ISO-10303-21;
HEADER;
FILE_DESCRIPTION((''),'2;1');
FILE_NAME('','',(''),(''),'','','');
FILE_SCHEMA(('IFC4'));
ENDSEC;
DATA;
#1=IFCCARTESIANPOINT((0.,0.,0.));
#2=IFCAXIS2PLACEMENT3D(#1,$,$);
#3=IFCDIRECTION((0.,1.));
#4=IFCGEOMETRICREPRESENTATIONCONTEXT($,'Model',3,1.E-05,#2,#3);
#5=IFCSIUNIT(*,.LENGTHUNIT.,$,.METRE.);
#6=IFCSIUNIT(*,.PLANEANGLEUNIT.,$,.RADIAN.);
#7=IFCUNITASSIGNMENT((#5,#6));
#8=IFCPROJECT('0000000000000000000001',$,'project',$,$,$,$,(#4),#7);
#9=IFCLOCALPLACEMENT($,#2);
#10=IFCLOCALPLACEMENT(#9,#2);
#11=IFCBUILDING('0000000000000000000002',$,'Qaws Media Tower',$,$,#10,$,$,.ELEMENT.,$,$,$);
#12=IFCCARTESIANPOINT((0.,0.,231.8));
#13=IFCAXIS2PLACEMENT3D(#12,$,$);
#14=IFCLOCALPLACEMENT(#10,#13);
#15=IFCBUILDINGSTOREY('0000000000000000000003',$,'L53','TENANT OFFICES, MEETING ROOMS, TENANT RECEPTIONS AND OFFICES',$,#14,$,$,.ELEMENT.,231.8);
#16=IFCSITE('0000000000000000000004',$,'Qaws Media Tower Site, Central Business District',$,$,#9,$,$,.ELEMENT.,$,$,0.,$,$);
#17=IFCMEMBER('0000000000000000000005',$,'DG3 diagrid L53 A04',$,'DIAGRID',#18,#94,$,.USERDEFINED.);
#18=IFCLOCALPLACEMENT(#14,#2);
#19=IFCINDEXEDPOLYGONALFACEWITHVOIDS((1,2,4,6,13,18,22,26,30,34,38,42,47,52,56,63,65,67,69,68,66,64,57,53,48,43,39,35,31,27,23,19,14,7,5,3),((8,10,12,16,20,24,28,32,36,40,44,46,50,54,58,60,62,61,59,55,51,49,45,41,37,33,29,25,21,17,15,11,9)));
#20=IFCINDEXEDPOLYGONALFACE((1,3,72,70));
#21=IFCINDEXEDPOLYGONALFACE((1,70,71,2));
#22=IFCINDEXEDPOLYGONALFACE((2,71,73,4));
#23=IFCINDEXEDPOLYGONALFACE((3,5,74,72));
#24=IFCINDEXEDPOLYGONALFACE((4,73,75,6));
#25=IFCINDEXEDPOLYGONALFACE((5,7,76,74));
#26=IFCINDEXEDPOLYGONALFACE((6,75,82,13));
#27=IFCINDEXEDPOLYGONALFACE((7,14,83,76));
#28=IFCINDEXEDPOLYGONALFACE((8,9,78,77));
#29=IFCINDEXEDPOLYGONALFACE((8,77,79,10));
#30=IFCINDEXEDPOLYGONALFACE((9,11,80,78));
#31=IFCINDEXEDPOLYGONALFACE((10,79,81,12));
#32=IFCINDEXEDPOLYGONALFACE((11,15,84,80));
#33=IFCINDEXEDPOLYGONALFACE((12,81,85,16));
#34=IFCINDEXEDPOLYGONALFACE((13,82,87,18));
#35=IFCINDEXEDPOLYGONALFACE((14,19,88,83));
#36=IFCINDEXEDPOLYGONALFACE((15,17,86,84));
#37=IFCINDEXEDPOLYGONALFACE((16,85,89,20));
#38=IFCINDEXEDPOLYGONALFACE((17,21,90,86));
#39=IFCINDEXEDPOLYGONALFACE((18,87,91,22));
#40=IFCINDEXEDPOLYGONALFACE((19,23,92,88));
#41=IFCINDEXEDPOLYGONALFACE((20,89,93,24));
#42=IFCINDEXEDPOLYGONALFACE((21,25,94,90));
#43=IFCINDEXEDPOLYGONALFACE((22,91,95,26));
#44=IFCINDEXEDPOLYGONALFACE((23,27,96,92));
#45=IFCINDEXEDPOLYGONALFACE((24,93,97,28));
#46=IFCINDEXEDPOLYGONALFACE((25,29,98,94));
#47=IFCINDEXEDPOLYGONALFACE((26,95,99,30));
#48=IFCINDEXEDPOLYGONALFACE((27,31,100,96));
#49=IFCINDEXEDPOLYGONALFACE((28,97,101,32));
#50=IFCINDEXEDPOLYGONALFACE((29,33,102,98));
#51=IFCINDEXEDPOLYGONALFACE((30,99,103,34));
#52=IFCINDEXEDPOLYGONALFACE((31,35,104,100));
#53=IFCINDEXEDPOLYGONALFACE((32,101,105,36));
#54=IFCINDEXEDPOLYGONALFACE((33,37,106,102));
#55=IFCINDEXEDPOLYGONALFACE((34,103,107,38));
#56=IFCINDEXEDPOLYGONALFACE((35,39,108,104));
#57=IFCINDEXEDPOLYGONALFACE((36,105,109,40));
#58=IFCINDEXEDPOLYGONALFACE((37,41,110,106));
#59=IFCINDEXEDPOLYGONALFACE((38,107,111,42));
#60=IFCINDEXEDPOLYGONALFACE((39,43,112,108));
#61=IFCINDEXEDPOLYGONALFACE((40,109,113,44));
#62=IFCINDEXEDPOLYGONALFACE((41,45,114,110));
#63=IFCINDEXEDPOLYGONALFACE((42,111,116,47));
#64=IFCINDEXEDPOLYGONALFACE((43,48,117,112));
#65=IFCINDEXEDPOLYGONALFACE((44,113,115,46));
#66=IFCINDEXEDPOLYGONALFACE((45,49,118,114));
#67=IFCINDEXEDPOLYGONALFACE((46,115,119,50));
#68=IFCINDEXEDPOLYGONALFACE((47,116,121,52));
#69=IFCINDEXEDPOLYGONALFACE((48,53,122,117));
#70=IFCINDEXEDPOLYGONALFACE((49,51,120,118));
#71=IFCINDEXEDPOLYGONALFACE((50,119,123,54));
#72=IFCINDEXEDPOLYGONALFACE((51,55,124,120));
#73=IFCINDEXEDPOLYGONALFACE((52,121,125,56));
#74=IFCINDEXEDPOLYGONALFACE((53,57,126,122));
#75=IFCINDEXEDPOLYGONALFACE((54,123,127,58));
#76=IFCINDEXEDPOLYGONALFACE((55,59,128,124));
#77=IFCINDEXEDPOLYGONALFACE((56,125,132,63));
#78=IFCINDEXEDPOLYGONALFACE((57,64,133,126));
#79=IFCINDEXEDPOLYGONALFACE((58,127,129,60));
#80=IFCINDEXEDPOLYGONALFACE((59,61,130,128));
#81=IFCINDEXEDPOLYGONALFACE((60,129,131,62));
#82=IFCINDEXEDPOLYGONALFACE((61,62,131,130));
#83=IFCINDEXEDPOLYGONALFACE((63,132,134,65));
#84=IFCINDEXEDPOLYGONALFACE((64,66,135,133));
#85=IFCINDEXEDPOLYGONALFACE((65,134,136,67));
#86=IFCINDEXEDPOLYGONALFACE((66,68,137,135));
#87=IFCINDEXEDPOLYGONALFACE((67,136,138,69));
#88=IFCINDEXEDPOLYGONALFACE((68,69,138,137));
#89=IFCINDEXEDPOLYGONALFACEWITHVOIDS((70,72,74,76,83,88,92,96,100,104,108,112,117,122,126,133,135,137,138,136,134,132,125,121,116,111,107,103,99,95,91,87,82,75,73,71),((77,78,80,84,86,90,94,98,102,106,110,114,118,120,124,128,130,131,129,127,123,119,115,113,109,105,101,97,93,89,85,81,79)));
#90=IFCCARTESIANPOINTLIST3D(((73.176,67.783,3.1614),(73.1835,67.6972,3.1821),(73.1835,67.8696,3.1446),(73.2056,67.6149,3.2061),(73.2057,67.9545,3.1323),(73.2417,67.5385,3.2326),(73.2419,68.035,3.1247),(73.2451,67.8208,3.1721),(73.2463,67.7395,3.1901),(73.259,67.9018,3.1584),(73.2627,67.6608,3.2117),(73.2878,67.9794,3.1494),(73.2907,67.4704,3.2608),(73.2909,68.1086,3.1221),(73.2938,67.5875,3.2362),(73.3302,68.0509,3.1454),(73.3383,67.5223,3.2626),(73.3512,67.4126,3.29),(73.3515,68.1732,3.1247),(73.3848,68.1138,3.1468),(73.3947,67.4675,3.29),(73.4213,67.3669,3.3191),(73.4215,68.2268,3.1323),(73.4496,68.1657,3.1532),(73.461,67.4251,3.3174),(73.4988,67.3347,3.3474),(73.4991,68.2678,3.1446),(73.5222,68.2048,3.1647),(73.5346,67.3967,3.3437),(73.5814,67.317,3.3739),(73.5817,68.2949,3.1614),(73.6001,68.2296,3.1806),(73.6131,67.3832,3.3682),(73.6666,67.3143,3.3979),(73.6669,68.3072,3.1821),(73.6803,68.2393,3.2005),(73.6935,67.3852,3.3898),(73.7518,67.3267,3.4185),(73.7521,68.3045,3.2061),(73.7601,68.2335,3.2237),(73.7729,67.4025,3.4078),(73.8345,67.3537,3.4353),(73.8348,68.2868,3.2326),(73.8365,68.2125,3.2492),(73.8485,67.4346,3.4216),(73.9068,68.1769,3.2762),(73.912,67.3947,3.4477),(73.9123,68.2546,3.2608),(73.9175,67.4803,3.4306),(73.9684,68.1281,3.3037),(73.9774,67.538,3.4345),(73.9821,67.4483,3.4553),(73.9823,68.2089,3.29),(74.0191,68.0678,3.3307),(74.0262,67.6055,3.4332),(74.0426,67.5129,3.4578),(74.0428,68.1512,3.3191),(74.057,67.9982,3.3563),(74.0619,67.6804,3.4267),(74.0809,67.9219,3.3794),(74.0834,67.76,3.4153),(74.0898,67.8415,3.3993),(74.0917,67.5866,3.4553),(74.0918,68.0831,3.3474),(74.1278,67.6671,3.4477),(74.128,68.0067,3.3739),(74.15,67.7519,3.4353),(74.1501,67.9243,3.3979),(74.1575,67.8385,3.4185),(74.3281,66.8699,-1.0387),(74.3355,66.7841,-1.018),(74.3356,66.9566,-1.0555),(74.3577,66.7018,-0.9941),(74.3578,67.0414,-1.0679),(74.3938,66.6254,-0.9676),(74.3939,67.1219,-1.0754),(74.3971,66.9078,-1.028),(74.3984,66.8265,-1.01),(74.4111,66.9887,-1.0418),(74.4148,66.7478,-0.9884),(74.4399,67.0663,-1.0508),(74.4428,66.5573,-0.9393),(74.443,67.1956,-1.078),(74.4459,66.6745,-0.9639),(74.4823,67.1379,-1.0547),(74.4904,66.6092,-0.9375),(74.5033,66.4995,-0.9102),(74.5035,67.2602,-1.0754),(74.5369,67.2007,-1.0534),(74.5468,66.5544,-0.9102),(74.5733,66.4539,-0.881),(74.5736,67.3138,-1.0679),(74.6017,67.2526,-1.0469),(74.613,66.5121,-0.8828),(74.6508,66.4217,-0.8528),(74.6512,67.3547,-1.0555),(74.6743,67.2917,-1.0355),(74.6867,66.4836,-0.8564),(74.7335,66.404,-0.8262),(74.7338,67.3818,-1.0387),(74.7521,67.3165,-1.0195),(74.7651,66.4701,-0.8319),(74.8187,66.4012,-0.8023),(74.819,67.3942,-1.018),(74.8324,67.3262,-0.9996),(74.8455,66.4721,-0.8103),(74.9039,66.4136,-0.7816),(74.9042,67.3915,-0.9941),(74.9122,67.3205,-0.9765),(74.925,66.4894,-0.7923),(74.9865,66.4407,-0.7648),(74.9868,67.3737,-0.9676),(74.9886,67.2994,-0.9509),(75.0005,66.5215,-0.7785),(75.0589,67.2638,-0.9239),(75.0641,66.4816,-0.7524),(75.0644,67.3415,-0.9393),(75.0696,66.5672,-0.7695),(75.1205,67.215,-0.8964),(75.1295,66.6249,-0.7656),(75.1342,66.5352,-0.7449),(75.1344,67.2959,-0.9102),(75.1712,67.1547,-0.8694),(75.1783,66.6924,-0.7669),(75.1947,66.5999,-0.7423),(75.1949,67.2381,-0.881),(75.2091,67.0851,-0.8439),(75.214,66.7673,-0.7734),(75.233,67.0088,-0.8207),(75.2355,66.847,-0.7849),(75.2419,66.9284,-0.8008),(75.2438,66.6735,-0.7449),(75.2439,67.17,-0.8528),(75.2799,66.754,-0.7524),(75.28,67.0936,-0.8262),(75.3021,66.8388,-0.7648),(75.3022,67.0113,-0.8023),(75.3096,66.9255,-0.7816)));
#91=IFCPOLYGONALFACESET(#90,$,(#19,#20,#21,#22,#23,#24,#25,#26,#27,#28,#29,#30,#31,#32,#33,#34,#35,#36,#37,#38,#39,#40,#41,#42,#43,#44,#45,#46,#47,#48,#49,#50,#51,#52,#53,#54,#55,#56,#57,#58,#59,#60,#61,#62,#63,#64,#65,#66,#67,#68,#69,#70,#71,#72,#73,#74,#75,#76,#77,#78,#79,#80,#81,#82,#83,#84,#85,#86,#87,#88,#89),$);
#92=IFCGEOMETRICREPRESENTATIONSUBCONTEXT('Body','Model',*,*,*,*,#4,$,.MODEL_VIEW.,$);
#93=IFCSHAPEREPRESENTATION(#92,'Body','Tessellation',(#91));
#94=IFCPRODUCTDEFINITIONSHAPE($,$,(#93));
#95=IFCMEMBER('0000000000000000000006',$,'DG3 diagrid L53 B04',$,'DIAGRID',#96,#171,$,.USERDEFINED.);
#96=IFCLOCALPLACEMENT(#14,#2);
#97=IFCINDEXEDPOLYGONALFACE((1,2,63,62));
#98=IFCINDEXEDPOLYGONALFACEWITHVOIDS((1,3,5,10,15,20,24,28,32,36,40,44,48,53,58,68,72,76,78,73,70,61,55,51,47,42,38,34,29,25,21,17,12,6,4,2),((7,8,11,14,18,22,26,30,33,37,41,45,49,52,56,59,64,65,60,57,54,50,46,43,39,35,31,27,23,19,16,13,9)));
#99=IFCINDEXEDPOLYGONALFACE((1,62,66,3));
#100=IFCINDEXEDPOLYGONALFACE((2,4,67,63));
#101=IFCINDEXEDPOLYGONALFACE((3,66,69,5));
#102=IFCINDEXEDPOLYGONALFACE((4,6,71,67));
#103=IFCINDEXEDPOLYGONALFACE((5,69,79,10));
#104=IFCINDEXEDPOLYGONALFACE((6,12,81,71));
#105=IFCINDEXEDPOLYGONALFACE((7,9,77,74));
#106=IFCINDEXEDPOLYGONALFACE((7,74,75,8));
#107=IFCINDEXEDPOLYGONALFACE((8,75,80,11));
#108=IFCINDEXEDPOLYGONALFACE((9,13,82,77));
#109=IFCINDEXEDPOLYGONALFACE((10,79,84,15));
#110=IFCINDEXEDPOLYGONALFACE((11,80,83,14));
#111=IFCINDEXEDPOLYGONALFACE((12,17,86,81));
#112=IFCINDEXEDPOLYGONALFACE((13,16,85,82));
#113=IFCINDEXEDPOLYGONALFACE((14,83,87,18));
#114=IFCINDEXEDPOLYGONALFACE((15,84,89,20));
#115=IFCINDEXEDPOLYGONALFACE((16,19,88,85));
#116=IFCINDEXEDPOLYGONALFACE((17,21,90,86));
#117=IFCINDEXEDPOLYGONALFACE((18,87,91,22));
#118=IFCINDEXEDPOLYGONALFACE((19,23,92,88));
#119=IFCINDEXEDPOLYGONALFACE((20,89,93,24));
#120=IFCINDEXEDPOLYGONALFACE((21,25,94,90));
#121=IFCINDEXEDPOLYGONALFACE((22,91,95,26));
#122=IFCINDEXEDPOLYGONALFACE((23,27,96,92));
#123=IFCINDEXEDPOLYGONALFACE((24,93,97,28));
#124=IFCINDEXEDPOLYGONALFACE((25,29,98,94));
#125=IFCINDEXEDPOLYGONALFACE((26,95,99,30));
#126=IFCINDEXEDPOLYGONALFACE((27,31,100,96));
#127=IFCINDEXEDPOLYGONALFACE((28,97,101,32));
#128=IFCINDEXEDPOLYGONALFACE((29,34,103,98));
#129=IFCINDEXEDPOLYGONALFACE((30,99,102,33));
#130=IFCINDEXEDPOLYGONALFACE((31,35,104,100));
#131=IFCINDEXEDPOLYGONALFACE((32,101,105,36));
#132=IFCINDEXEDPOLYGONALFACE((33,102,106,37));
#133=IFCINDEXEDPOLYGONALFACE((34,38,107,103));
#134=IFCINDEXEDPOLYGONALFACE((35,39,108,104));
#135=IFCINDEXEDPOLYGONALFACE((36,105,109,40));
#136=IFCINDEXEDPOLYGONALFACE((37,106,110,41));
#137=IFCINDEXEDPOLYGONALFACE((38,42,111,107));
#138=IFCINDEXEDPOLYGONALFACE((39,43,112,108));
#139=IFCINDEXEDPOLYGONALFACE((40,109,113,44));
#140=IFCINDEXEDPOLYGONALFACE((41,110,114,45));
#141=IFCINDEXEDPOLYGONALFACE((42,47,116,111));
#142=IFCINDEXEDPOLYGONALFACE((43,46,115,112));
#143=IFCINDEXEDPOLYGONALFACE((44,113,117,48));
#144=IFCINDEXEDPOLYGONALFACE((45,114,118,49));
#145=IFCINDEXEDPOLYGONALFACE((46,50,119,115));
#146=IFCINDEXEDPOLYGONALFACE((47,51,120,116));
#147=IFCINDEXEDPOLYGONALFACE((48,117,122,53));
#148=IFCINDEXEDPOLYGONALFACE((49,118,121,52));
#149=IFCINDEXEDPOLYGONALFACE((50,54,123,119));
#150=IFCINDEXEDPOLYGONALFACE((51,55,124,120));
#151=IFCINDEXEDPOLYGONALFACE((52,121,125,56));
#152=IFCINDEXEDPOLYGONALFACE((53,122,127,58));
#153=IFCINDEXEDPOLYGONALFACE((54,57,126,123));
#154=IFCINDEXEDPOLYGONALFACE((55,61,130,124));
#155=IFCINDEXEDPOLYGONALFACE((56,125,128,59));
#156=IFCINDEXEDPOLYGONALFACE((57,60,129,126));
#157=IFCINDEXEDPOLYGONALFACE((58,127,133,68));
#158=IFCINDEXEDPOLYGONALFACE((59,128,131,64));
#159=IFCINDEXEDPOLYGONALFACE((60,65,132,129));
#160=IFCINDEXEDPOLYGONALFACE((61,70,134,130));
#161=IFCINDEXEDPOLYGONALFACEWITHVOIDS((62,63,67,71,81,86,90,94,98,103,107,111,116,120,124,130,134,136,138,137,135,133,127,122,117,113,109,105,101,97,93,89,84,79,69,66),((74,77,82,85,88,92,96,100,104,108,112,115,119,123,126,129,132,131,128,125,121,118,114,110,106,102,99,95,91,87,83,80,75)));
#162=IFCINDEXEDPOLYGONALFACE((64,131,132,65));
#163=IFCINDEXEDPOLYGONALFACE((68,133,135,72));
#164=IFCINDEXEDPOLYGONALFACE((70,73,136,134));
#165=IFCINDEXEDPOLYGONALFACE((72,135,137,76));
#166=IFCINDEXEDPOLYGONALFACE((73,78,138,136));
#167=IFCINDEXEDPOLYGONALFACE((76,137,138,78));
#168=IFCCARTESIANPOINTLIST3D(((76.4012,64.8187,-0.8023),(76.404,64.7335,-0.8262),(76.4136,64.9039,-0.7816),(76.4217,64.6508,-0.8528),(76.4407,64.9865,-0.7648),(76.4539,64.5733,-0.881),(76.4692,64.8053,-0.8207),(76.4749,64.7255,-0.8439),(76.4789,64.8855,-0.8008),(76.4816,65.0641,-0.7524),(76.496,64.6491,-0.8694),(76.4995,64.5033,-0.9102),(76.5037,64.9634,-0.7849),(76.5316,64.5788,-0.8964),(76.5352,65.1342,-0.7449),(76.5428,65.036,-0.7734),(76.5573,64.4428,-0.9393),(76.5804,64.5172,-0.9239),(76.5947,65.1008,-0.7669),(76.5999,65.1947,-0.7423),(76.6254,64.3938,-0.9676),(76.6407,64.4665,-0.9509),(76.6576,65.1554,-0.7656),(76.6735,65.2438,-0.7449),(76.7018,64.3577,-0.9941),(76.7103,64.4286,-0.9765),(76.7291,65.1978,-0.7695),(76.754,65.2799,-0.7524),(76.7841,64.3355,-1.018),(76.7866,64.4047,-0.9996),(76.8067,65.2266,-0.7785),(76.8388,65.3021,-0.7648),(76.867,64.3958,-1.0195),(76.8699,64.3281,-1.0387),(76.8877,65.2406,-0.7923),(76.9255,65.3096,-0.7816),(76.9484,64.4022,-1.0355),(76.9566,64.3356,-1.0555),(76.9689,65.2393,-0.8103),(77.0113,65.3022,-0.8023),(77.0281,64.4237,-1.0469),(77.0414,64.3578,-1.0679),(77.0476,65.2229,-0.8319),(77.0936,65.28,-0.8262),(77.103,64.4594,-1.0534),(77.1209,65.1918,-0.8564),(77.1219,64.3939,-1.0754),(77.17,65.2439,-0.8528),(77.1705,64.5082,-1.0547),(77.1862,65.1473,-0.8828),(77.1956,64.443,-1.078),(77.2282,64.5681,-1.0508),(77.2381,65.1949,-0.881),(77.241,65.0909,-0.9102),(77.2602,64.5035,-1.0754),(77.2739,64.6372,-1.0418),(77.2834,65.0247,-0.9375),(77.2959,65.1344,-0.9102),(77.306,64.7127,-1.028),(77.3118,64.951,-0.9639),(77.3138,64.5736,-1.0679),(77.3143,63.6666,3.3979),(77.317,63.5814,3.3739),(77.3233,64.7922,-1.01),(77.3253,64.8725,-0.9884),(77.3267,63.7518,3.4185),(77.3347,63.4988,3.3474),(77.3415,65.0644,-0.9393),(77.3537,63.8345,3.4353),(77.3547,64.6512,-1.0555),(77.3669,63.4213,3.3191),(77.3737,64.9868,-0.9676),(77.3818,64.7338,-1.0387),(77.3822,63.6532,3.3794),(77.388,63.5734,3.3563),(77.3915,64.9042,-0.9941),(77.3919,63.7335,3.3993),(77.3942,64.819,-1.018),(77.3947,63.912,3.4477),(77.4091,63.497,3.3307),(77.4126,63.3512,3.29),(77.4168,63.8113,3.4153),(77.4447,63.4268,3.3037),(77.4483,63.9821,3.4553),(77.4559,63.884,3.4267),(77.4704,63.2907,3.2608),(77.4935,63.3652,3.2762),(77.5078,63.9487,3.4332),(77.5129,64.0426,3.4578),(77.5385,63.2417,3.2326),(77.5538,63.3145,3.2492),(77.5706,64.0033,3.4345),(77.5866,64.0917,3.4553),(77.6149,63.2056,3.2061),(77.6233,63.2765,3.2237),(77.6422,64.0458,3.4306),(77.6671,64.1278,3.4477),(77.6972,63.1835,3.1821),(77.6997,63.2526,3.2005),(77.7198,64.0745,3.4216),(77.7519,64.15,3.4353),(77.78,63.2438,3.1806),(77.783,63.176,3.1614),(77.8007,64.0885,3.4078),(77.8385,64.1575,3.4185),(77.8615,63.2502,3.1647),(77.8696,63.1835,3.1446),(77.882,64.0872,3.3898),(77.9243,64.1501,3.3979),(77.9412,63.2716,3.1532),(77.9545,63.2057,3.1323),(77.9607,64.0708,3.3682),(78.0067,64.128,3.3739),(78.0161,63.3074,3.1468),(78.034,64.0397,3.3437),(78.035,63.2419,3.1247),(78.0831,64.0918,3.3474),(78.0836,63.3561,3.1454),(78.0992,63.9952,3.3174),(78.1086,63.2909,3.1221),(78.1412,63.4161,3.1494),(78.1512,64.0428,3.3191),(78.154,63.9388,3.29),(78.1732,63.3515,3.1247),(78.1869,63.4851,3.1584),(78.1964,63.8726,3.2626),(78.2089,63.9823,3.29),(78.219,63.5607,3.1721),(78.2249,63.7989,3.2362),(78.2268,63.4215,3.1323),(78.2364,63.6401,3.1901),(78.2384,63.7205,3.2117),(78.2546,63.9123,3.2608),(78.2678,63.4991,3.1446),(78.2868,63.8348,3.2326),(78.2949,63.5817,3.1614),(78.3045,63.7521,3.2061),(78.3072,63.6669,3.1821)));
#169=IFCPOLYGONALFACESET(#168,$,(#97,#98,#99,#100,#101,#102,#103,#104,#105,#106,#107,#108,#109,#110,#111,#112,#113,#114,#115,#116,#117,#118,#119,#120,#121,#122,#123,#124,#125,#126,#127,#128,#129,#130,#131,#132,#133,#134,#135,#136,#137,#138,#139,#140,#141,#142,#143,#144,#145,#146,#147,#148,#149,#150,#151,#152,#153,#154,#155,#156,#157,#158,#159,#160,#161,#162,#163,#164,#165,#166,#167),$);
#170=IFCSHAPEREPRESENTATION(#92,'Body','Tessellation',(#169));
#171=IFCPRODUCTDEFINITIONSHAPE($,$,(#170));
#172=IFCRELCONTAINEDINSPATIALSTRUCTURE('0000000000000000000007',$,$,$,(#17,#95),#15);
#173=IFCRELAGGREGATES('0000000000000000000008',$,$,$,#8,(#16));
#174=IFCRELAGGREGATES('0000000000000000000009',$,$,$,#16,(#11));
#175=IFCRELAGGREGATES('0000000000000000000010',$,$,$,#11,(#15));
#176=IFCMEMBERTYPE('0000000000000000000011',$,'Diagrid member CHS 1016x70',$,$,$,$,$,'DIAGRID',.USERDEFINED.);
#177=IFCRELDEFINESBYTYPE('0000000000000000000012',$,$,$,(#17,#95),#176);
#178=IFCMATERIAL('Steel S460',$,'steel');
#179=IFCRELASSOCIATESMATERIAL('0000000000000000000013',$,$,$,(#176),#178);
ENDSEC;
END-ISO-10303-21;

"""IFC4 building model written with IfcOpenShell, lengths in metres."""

from ifc_helpers import new_model, si_unit, direction, frame, origin, origin_2d, place, context, subcontext, project, spatial, hollow_circle, extrude, material, material_profile, profile_set, type_object, element, save


model = new_model("IFC4")

# Units and contexts
model_context = context("Model", 3, precision=1e-05, world=origin(), true_north=direction((0.0, 1.0)))
body_context = subcontext(model_context, "Body", "Model", "MODEL_VIEW")
ifc_project = project(units=[si_unit("LENGTHUNIT", "METRE"), si_unit("PLANEANGLEUNIT", "RADIAN")], contexts=[model_context])

# Site, building, storey
site_placement = place(None, origin())
site = spatial("IfcSite", under=ifc_project, at=site_placement, Name="Qaws Media Tower Site, Central Business District", CompositionType="ELEMENT", RefElevation=0.0)
building_placement = place(site_placement, origin())
building = spatial("IfcBuilding", under=site, at=building_placement, Name="Qaws Media Tower", CompositionType="ELEMENT")
storey_placement = place(building_placement, frame((0.0, 0.0, 231.8)))
storey = spatial("IfcBuildingStorey", under=building, at=storey_placement, Name="L53", Description="TENANT OFFICES, MEETING ROOMS, TENANT RECEPTIONS AND OFFICES", CompositionType="ELEMENT", Elevation=231.8)

# Members
ifc_material_1 = material(Name="Steel S460", Category="steel")
ifc_material_profile_1 = material_profile(ifc_material_1, hollow_circle(Radius=0.5081, WallThickness=0.0701, at=origin_2d()), Name="CHS 1016x70")
ifc_profile_set_1 = profile_set([ifc_material_profile_1], Name="Steel S460")
member_type_1 = type_object("IfcMemberType", Name="Diagrid member CHS 1016x70", ElementType="DIAGRID", PredefinedType="USERDEFINED", material=ifc_profile_set_1)
for number, where, z_axis, x_axis, name in (
    (1, (74.8188, 66.8977, -0.9102), (-0.258897, 0.205187, 0.943859), (-0.621124, -0.783712, 0.0), "DG3 diagrid L53 A04"),
    (2, (76.8977, 64.8188, -0.9102), (0.205187, -0.258897, 0.943859), (0.783712, 0.621124, 0.0), "DG3 diagrid L53 B04"),
):
    element("IfcMember", number, at=place(storey_placement, frame(where, z_axis=z_axis, x_axis=x_axis)), inside=storey, type_object=member_type_1, Name=name, ObjectType="DIAGRID", PredefinedType="USERDEFINED", context=body_context, shape_type="SweptSolid", body=[
        extrude(hollow_circle(Radius=0.5081, WallThickness=0.0701, at=origin_2d()), origin(), (0.0, 0.0, 1.0), 4.45),
    ])

save(model, "model.ifc")
